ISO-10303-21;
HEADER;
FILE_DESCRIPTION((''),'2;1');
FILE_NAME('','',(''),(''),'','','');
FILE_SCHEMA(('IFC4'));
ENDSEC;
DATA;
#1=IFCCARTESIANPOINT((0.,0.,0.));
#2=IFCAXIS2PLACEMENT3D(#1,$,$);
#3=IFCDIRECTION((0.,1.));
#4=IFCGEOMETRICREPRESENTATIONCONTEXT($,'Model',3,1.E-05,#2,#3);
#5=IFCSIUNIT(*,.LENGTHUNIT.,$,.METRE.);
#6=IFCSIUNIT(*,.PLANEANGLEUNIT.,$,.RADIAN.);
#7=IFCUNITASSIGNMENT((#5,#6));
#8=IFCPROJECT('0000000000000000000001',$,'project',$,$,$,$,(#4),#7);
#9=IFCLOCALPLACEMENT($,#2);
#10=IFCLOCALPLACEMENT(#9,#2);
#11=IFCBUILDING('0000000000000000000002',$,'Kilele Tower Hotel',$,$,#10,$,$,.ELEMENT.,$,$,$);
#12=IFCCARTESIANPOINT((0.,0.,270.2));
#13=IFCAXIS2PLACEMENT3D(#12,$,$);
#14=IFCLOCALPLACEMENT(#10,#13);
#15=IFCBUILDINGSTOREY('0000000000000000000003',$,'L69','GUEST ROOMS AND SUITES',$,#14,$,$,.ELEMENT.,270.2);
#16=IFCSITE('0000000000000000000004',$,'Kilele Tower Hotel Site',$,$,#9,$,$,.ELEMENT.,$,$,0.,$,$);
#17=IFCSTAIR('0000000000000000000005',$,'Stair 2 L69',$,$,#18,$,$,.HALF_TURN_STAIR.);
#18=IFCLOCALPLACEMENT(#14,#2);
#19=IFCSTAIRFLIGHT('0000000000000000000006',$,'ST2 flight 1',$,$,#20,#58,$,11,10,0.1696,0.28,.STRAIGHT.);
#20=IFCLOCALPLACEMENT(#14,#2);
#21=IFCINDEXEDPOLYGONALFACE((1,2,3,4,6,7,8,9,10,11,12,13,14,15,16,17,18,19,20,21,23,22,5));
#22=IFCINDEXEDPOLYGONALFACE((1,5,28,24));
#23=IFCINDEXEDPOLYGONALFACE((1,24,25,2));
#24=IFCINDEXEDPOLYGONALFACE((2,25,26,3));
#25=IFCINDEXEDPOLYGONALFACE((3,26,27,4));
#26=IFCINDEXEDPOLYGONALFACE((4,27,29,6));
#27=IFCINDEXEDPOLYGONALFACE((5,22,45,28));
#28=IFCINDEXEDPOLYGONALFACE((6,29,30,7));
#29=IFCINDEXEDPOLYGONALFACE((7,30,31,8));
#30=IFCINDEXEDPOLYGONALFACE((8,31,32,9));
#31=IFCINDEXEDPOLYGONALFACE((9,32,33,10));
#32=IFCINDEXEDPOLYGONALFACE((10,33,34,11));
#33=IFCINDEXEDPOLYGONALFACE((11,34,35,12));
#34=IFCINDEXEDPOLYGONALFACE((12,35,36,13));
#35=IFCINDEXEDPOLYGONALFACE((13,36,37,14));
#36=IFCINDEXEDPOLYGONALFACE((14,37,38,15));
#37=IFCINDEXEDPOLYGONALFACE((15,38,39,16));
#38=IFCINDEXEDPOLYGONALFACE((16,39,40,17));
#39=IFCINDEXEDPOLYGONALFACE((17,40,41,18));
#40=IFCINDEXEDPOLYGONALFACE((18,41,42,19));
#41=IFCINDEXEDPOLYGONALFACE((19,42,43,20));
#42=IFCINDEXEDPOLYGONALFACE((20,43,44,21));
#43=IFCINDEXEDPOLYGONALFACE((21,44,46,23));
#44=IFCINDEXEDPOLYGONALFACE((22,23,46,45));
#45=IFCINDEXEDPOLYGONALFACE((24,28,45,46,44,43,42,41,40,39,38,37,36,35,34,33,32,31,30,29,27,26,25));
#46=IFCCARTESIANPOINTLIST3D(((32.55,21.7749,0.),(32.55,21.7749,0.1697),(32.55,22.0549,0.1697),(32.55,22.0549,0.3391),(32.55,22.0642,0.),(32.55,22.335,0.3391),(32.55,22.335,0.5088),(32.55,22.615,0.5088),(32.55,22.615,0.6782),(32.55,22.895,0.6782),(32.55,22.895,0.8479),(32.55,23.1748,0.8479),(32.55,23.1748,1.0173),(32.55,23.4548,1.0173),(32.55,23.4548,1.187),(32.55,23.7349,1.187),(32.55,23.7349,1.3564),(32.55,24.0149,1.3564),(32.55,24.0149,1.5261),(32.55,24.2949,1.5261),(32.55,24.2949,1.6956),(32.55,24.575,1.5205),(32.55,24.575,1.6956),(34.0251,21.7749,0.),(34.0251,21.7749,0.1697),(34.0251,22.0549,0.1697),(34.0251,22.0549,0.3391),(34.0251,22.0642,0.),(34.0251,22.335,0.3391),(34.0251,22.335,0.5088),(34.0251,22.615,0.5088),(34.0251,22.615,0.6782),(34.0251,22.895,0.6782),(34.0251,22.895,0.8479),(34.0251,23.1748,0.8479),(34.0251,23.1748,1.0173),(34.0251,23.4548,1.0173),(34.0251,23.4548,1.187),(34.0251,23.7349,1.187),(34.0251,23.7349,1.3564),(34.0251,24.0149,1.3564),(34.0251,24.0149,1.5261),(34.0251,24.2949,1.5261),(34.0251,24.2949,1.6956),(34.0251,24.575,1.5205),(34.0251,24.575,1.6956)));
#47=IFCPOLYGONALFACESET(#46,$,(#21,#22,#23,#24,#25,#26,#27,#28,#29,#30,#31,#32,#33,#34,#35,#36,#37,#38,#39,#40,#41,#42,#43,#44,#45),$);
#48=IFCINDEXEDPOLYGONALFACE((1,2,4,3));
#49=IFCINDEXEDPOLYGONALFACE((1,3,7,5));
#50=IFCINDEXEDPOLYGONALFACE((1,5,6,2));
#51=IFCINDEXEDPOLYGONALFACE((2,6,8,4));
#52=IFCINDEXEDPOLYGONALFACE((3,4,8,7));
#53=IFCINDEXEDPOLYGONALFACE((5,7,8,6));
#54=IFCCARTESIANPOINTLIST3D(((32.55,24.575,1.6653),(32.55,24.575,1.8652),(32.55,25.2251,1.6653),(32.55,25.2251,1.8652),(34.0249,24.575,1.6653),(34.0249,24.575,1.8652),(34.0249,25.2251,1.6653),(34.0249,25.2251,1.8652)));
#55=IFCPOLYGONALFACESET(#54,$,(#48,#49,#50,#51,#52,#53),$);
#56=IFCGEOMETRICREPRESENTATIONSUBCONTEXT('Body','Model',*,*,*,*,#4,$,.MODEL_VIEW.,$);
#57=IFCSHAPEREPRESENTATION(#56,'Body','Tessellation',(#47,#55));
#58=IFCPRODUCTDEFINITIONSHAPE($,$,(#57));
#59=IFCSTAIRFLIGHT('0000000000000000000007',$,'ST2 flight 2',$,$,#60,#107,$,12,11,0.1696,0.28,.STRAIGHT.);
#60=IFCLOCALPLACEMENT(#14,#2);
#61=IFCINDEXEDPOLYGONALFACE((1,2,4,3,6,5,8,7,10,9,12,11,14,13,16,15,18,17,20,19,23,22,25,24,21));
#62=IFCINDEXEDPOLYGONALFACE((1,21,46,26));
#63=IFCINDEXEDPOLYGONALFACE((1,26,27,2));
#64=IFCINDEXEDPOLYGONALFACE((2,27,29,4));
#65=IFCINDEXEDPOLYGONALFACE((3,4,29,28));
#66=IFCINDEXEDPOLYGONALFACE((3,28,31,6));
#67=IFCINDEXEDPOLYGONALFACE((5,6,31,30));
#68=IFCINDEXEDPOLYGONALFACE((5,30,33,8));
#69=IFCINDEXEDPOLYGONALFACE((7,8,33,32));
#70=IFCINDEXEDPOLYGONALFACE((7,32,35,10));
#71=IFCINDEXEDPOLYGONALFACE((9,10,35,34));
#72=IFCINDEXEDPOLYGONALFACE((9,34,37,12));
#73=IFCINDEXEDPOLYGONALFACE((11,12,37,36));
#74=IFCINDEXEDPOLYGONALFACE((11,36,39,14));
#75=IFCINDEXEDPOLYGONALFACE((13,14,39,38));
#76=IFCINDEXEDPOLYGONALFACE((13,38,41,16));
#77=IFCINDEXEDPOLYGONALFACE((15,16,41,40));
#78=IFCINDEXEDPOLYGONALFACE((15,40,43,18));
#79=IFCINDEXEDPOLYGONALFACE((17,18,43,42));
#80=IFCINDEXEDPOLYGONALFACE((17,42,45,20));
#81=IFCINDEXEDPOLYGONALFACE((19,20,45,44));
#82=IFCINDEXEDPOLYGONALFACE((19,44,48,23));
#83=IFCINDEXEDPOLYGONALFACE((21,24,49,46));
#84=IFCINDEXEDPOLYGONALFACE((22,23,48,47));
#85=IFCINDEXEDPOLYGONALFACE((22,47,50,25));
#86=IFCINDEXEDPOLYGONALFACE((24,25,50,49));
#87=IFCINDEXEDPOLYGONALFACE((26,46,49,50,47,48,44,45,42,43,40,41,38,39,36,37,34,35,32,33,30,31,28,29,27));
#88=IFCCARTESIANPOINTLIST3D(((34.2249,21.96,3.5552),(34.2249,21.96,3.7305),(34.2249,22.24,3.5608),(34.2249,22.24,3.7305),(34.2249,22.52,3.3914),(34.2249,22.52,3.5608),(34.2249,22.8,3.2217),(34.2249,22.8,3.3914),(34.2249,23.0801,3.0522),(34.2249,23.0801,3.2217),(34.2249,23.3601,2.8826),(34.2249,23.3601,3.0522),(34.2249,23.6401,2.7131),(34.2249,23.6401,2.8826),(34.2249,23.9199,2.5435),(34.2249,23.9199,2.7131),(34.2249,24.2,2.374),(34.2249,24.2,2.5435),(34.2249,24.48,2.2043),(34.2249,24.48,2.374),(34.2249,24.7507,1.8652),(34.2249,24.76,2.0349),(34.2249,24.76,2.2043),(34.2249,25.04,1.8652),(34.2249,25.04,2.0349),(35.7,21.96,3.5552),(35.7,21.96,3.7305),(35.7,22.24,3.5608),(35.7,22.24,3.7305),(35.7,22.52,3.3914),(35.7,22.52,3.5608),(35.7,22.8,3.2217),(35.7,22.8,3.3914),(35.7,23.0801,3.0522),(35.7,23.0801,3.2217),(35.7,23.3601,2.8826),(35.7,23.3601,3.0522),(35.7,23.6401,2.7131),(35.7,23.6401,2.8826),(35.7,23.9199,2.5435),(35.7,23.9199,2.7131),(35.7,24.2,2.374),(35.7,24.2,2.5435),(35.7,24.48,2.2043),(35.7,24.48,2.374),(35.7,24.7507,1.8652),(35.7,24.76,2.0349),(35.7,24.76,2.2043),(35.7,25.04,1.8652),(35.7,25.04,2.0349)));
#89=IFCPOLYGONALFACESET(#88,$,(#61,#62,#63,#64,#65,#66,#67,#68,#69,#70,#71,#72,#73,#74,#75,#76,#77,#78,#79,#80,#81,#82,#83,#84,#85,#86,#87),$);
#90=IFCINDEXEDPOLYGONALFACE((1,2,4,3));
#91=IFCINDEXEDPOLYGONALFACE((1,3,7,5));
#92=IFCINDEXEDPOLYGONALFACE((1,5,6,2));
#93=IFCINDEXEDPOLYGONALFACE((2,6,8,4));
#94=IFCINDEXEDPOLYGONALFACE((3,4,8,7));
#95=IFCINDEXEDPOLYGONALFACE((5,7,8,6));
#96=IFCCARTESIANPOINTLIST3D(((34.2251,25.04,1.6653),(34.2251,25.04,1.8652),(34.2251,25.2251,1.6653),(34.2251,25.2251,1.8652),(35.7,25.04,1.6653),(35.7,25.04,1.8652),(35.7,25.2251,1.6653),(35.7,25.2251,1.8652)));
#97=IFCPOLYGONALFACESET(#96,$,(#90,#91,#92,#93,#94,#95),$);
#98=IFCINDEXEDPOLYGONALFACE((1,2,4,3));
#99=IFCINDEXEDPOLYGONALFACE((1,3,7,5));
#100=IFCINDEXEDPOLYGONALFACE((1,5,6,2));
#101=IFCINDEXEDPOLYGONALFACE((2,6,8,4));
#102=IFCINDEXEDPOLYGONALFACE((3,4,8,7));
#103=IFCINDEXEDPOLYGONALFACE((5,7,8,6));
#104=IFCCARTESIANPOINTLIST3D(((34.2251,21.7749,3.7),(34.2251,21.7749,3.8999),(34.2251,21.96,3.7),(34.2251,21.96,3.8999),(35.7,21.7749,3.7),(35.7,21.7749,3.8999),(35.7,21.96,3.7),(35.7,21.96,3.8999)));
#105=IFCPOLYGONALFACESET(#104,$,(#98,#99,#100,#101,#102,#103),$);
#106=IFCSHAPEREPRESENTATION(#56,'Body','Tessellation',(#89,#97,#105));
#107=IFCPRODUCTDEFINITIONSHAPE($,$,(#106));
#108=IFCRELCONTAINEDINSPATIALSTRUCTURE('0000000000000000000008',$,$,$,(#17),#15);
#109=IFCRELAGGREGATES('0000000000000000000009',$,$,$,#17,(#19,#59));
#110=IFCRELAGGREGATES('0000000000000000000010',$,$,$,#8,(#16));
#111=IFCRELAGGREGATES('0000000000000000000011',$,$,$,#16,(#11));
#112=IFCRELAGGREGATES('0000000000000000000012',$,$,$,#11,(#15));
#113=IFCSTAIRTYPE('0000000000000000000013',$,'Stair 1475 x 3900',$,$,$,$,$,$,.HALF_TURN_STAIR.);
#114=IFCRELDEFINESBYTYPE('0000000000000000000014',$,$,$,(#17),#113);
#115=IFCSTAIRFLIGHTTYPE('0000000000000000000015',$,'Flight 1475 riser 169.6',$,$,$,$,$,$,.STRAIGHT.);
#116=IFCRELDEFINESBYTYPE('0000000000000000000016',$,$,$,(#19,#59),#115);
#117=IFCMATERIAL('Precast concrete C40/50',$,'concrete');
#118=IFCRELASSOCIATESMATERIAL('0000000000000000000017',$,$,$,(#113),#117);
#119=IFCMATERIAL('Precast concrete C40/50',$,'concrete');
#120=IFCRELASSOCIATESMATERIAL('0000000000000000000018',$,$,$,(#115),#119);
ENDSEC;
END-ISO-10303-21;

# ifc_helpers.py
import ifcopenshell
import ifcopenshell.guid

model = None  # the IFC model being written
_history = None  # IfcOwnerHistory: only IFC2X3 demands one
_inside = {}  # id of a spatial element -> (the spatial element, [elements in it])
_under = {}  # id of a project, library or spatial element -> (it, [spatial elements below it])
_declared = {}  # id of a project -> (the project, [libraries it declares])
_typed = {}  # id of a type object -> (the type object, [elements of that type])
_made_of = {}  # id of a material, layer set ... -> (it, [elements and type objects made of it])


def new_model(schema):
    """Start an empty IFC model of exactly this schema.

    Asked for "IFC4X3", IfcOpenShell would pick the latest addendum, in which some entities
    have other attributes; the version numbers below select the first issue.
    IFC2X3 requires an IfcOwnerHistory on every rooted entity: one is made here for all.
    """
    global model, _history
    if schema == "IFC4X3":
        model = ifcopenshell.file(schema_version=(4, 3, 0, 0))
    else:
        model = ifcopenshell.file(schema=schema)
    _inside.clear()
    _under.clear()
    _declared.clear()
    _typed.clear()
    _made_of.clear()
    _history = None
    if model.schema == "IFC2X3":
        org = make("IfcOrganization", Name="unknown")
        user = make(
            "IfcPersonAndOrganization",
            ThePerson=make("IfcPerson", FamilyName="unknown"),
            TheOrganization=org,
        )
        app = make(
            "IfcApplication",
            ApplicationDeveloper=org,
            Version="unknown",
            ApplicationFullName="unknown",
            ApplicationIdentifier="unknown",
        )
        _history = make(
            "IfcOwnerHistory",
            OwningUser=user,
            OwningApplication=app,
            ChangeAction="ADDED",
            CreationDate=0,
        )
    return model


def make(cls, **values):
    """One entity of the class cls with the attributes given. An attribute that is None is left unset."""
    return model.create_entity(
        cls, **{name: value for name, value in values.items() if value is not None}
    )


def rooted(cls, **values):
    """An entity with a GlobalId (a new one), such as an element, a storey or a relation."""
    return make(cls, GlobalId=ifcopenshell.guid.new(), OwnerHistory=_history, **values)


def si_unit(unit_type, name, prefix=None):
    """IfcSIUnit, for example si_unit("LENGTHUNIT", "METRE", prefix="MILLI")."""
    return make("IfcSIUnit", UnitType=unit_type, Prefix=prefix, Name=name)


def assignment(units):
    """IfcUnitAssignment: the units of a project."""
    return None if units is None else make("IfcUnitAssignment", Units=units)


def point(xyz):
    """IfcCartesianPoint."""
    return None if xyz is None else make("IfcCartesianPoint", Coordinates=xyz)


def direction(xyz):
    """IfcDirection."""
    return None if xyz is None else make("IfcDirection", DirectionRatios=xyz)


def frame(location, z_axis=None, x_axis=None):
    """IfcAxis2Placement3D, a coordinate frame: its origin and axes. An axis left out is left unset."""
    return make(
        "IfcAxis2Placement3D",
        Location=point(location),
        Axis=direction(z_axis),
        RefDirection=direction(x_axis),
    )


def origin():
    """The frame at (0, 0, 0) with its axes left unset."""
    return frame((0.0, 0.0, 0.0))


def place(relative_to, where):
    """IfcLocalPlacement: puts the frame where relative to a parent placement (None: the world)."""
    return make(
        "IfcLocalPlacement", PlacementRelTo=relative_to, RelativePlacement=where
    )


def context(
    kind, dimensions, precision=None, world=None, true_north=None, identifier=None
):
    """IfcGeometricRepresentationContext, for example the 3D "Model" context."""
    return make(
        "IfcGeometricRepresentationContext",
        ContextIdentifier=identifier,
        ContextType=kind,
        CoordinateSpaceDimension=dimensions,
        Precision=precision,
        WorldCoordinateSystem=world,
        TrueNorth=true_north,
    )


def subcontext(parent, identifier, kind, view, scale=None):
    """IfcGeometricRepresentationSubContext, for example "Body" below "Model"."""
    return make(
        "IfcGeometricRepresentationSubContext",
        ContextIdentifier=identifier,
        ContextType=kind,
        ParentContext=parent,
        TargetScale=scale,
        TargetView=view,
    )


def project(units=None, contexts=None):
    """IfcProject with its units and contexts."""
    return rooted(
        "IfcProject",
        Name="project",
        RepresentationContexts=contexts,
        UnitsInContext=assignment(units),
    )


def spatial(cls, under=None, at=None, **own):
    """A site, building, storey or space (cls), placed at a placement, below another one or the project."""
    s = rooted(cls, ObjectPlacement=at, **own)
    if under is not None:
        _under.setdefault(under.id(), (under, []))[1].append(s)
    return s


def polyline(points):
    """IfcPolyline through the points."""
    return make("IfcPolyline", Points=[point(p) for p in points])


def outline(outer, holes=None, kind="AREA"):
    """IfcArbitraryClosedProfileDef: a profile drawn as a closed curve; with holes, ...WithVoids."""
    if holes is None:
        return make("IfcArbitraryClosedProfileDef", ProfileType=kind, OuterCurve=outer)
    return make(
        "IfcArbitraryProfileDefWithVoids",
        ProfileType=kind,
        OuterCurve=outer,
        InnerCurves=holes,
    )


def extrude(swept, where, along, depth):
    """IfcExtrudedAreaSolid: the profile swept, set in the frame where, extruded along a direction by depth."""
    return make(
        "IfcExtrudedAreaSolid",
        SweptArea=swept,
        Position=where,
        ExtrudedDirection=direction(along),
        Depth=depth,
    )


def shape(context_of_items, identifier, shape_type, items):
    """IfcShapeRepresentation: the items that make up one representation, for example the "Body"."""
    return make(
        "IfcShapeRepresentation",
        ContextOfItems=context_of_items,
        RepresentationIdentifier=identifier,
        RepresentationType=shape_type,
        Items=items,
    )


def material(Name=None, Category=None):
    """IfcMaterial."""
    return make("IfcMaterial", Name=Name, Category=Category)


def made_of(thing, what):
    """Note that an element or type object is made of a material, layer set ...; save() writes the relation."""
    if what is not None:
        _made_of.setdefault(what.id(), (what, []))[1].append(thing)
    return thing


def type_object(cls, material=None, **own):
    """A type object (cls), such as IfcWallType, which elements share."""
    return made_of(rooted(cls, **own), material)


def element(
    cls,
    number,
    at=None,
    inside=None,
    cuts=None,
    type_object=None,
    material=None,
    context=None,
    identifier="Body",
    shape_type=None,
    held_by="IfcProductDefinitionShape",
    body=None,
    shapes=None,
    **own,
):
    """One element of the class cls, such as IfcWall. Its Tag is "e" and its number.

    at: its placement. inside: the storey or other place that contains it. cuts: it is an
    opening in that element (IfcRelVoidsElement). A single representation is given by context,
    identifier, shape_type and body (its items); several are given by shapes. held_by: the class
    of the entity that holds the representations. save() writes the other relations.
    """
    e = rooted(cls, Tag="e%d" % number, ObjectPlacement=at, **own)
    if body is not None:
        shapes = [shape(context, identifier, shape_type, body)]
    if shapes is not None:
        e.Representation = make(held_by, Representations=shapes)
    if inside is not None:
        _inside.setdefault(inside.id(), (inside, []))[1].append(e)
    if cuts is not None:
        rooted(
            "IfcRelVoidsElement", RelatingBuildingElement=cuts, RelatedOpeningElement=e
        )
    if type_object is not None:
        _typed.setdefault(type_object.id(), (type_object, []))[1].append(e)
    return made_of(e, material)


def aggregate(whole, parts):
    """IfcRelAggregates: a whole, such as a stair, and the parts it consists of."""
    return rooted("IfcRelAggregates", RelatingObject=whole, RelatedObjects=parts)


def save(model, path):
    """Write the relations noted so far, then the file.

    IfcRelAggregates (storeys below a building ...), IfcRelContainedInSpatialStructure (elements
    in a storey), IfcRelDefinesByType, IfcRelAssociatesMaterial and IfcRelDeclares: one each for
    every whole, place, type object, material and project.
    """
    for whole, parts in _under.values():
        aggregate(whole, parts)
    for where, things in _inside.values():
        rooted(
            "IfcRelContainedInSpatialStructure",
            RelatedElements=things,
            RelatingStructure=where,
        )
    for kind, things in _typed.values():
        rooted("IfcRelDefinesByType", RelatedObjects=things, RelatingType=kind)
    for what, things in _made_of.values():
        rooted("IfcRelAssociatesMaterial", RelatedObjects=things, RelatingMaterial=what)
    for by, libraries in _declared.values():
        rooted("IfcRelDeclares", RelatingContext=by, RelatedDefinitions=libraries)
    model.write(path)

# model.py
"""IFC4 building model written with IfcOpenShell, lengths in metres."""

from ifc_helpers import new_model, si_unit, direction, frame, origin, place, context, subcontext, project, spatial, polyline, outline, extrude, material, type_object, element, aggregate, save


model = new_model("IFC4")

# Units and contexts
model_context = context("Model", 3, precision=1e-05, world=origin(), true_north=direction((0.0, 1.0)))
body_context = subcontext(model_context, "Body", "Model", "MODEL_VIEW")
ifc_project = project(units=[si_unit("LENGTHUNIT", "METRE"), si_unit("PLANEANGLEUNIT", "RADIAN")], contexts=[model_context])

# Site, building, storey
site_placement = place(None, origin())
site = spatial("IfcSite", under=ifc_project, at=site_placement, Name="Kilele Tower Hotel Site", CompositionType="ELEMENT", RefElevation=0.0)
building_placement = place(site_placement, origin())
building = spatial("IfcBuilding", under=site, at=building_placement, Name="Kilele Tower Hotel", CompositionType="ELEMENT")
storey_placement = place(building_placement, frame((0.0, 0.0, 270.2)))
storey = spatial("IfcBuildingStorey", under=building, at=storey_placement, Name="L69", Description="GUEST ROOMS AND SUITES", CompositionType="ELEMENT", Elevation=270.2)

# Stair, stair flights
ifc_material_1 = material(Name="Precast concrete C40/50", Category="concrete")
stair_type = type_object("IfcStairType", Name="Stair 1475 x 3900", PredefinedType="HALF_TURN_STAIR", material=ifc_material_1)
stair_placement = place(storey_placement, origin())
stair = element("IfcStair", 1, at=stair_placement, inside=storey, type_object=stair_type, Name="Stair 2 L69", PredefinedType="HALF_TURN_STAIR")
ifc_material_2 = material(Name="Precast concrete C40/50", Category="concrete")
stair_flight_type = type_object("IfcStairFlightType", Name="Flight 1475 riser 169.6", PredefinedType="STRAIGHT", material=ifc_material_2)
stair_flight_1_placement = place(storey_placement, frame((33.2876, 21.7749, 0.0), z_axis=(0.0, 0.0, 1.0), x_axis=(0.0, 1.0, 0.0)))
stair_flight_1 = element("IfcStairFlight", 2, at=stair_flight_1_placement, type_object=stair_flight_type, Name="ST2 flight 1", NumberOfRisers=11, NumberOfTreads=10, PredefinedType="STRAIGHT", RiserHeight=0.1696, TreadLength=0.28, context=body_context, shape_type="SweptSolid", body=[
    extrude(outline(polyline([(0.0, 0.0), (0.0, 0.1697), (0.28, 0.1697), (0.28, 0.3391), (0.5601, 0.3391), (0.5601, 0.5088), (0.8401, 0.5088), (0.8401, 0.6782), (1.1201, 0.6782), (1.1201, 0.8479), (1.3999, 0.8479), (1.3999, 1.0173), (1.6799, 1.0173), (1.6799, 1.187), (1.96, 1.187), (1.96, 1.3564), (2.24, 1.3564), (2.24, 1.5261), (2.52, 1.5261), (2.52, 1.6956), (2.8, 1.6956), (2.8, 1.8652), (2.8, 1.5205), (0.2893, 0.0), (0.0, 0.0)])), frame((0.0, 0.7375, 0.0), z_axis=(0.0, -1.0, 0.0), x_axis=(1.0, 0.0, 0.0)), (0.0, 0.0, 1.0), 1.4751),
    extrude(outline(polyline([(2.8, 0.7375), (2.8, -0.7373), (3.4502, -0.7373), (3.4502, 0.7375), (2.8, 0.7375)])), frame((0.0, 0.0, 1.6653)), (0.0, 0.0, 1.0), 0.2),
])
stair_flight_2_placement = place(storey_placement, frame((34.9624, 25.04, 1.8652), z_axis=(0.0, 0.0, 1.0), x_axis=(0.0, -1.0, 0.0)))
stair_flight_2 = element("IfcStairFlight", 3, at=stair_flight_2_placement, type_object=stair_flight_type, Name="ST2 flight 2", NumberOfRisers=12, NumberOfTreads=11, PredefinedType="STRAIGHT", RiserHeight=0.1696, TreadLength=0.28, context=body_context, shape_type="SweptSolid", body=[
    extrude(outline(polyline([(0.0, 0.0), (0.0, 0.1697), (0.28, 0.1697), (0.28, 0.3391), (0.5601, 0.3391), (0.5601, 0.5088), (0.8401, 0.5088), (0.8401, 0.6782), (1.1201, 0.6782), (1.1201, 0.8479), (1.3999, 0.8479), (1.3999, 1.0173), (1.6799, 1.0173), (1.6799, 1.187), (1.96, 1.187), (1.96, 1.3564), (2.24, 1.3564), (2.24, 1.5261), (2.52, 1.5261), (2.52, 1.6956), (2.8, 1.6956), (2.8, 1.8652), (3.0801, 1.8652), (3.0801, 2.0347), (3.0801, 1.6899), (0.2893, 0.0), (0.0, 0.0)])), frame((0.0, 0.7375, 0.0), z_axis=(0.0, -1.0, 0.0), x_axis=(1.0, 0.0, 0.0)), (0.0, 0.0, 1.0), 1.4751),
    extrude(outline(polyline([(0.0, -0.7373), (0.0, 0.7375), (-0.1851, 0.7375), (-0.1851, -0.7373), (0.0, -0.7373)])), frame((0.0, 0.0, -0.2)), (0.0, 0.0, 1.0), 0.2),
    extrude(outline(polyline([(3.2651, -0.7373), (3.2651, 0.7375), (3.0801, 0.7375), (3.0801, -0.7373), (3.2651, -0.7373)])), frame((0.0, 0.0, 1.8347)), (0.0, 0.0, 1.0), 0.2),
])
aggregate(stair, [stair_flight_1, stair_flight_2])

save(model, "model.ifc")
